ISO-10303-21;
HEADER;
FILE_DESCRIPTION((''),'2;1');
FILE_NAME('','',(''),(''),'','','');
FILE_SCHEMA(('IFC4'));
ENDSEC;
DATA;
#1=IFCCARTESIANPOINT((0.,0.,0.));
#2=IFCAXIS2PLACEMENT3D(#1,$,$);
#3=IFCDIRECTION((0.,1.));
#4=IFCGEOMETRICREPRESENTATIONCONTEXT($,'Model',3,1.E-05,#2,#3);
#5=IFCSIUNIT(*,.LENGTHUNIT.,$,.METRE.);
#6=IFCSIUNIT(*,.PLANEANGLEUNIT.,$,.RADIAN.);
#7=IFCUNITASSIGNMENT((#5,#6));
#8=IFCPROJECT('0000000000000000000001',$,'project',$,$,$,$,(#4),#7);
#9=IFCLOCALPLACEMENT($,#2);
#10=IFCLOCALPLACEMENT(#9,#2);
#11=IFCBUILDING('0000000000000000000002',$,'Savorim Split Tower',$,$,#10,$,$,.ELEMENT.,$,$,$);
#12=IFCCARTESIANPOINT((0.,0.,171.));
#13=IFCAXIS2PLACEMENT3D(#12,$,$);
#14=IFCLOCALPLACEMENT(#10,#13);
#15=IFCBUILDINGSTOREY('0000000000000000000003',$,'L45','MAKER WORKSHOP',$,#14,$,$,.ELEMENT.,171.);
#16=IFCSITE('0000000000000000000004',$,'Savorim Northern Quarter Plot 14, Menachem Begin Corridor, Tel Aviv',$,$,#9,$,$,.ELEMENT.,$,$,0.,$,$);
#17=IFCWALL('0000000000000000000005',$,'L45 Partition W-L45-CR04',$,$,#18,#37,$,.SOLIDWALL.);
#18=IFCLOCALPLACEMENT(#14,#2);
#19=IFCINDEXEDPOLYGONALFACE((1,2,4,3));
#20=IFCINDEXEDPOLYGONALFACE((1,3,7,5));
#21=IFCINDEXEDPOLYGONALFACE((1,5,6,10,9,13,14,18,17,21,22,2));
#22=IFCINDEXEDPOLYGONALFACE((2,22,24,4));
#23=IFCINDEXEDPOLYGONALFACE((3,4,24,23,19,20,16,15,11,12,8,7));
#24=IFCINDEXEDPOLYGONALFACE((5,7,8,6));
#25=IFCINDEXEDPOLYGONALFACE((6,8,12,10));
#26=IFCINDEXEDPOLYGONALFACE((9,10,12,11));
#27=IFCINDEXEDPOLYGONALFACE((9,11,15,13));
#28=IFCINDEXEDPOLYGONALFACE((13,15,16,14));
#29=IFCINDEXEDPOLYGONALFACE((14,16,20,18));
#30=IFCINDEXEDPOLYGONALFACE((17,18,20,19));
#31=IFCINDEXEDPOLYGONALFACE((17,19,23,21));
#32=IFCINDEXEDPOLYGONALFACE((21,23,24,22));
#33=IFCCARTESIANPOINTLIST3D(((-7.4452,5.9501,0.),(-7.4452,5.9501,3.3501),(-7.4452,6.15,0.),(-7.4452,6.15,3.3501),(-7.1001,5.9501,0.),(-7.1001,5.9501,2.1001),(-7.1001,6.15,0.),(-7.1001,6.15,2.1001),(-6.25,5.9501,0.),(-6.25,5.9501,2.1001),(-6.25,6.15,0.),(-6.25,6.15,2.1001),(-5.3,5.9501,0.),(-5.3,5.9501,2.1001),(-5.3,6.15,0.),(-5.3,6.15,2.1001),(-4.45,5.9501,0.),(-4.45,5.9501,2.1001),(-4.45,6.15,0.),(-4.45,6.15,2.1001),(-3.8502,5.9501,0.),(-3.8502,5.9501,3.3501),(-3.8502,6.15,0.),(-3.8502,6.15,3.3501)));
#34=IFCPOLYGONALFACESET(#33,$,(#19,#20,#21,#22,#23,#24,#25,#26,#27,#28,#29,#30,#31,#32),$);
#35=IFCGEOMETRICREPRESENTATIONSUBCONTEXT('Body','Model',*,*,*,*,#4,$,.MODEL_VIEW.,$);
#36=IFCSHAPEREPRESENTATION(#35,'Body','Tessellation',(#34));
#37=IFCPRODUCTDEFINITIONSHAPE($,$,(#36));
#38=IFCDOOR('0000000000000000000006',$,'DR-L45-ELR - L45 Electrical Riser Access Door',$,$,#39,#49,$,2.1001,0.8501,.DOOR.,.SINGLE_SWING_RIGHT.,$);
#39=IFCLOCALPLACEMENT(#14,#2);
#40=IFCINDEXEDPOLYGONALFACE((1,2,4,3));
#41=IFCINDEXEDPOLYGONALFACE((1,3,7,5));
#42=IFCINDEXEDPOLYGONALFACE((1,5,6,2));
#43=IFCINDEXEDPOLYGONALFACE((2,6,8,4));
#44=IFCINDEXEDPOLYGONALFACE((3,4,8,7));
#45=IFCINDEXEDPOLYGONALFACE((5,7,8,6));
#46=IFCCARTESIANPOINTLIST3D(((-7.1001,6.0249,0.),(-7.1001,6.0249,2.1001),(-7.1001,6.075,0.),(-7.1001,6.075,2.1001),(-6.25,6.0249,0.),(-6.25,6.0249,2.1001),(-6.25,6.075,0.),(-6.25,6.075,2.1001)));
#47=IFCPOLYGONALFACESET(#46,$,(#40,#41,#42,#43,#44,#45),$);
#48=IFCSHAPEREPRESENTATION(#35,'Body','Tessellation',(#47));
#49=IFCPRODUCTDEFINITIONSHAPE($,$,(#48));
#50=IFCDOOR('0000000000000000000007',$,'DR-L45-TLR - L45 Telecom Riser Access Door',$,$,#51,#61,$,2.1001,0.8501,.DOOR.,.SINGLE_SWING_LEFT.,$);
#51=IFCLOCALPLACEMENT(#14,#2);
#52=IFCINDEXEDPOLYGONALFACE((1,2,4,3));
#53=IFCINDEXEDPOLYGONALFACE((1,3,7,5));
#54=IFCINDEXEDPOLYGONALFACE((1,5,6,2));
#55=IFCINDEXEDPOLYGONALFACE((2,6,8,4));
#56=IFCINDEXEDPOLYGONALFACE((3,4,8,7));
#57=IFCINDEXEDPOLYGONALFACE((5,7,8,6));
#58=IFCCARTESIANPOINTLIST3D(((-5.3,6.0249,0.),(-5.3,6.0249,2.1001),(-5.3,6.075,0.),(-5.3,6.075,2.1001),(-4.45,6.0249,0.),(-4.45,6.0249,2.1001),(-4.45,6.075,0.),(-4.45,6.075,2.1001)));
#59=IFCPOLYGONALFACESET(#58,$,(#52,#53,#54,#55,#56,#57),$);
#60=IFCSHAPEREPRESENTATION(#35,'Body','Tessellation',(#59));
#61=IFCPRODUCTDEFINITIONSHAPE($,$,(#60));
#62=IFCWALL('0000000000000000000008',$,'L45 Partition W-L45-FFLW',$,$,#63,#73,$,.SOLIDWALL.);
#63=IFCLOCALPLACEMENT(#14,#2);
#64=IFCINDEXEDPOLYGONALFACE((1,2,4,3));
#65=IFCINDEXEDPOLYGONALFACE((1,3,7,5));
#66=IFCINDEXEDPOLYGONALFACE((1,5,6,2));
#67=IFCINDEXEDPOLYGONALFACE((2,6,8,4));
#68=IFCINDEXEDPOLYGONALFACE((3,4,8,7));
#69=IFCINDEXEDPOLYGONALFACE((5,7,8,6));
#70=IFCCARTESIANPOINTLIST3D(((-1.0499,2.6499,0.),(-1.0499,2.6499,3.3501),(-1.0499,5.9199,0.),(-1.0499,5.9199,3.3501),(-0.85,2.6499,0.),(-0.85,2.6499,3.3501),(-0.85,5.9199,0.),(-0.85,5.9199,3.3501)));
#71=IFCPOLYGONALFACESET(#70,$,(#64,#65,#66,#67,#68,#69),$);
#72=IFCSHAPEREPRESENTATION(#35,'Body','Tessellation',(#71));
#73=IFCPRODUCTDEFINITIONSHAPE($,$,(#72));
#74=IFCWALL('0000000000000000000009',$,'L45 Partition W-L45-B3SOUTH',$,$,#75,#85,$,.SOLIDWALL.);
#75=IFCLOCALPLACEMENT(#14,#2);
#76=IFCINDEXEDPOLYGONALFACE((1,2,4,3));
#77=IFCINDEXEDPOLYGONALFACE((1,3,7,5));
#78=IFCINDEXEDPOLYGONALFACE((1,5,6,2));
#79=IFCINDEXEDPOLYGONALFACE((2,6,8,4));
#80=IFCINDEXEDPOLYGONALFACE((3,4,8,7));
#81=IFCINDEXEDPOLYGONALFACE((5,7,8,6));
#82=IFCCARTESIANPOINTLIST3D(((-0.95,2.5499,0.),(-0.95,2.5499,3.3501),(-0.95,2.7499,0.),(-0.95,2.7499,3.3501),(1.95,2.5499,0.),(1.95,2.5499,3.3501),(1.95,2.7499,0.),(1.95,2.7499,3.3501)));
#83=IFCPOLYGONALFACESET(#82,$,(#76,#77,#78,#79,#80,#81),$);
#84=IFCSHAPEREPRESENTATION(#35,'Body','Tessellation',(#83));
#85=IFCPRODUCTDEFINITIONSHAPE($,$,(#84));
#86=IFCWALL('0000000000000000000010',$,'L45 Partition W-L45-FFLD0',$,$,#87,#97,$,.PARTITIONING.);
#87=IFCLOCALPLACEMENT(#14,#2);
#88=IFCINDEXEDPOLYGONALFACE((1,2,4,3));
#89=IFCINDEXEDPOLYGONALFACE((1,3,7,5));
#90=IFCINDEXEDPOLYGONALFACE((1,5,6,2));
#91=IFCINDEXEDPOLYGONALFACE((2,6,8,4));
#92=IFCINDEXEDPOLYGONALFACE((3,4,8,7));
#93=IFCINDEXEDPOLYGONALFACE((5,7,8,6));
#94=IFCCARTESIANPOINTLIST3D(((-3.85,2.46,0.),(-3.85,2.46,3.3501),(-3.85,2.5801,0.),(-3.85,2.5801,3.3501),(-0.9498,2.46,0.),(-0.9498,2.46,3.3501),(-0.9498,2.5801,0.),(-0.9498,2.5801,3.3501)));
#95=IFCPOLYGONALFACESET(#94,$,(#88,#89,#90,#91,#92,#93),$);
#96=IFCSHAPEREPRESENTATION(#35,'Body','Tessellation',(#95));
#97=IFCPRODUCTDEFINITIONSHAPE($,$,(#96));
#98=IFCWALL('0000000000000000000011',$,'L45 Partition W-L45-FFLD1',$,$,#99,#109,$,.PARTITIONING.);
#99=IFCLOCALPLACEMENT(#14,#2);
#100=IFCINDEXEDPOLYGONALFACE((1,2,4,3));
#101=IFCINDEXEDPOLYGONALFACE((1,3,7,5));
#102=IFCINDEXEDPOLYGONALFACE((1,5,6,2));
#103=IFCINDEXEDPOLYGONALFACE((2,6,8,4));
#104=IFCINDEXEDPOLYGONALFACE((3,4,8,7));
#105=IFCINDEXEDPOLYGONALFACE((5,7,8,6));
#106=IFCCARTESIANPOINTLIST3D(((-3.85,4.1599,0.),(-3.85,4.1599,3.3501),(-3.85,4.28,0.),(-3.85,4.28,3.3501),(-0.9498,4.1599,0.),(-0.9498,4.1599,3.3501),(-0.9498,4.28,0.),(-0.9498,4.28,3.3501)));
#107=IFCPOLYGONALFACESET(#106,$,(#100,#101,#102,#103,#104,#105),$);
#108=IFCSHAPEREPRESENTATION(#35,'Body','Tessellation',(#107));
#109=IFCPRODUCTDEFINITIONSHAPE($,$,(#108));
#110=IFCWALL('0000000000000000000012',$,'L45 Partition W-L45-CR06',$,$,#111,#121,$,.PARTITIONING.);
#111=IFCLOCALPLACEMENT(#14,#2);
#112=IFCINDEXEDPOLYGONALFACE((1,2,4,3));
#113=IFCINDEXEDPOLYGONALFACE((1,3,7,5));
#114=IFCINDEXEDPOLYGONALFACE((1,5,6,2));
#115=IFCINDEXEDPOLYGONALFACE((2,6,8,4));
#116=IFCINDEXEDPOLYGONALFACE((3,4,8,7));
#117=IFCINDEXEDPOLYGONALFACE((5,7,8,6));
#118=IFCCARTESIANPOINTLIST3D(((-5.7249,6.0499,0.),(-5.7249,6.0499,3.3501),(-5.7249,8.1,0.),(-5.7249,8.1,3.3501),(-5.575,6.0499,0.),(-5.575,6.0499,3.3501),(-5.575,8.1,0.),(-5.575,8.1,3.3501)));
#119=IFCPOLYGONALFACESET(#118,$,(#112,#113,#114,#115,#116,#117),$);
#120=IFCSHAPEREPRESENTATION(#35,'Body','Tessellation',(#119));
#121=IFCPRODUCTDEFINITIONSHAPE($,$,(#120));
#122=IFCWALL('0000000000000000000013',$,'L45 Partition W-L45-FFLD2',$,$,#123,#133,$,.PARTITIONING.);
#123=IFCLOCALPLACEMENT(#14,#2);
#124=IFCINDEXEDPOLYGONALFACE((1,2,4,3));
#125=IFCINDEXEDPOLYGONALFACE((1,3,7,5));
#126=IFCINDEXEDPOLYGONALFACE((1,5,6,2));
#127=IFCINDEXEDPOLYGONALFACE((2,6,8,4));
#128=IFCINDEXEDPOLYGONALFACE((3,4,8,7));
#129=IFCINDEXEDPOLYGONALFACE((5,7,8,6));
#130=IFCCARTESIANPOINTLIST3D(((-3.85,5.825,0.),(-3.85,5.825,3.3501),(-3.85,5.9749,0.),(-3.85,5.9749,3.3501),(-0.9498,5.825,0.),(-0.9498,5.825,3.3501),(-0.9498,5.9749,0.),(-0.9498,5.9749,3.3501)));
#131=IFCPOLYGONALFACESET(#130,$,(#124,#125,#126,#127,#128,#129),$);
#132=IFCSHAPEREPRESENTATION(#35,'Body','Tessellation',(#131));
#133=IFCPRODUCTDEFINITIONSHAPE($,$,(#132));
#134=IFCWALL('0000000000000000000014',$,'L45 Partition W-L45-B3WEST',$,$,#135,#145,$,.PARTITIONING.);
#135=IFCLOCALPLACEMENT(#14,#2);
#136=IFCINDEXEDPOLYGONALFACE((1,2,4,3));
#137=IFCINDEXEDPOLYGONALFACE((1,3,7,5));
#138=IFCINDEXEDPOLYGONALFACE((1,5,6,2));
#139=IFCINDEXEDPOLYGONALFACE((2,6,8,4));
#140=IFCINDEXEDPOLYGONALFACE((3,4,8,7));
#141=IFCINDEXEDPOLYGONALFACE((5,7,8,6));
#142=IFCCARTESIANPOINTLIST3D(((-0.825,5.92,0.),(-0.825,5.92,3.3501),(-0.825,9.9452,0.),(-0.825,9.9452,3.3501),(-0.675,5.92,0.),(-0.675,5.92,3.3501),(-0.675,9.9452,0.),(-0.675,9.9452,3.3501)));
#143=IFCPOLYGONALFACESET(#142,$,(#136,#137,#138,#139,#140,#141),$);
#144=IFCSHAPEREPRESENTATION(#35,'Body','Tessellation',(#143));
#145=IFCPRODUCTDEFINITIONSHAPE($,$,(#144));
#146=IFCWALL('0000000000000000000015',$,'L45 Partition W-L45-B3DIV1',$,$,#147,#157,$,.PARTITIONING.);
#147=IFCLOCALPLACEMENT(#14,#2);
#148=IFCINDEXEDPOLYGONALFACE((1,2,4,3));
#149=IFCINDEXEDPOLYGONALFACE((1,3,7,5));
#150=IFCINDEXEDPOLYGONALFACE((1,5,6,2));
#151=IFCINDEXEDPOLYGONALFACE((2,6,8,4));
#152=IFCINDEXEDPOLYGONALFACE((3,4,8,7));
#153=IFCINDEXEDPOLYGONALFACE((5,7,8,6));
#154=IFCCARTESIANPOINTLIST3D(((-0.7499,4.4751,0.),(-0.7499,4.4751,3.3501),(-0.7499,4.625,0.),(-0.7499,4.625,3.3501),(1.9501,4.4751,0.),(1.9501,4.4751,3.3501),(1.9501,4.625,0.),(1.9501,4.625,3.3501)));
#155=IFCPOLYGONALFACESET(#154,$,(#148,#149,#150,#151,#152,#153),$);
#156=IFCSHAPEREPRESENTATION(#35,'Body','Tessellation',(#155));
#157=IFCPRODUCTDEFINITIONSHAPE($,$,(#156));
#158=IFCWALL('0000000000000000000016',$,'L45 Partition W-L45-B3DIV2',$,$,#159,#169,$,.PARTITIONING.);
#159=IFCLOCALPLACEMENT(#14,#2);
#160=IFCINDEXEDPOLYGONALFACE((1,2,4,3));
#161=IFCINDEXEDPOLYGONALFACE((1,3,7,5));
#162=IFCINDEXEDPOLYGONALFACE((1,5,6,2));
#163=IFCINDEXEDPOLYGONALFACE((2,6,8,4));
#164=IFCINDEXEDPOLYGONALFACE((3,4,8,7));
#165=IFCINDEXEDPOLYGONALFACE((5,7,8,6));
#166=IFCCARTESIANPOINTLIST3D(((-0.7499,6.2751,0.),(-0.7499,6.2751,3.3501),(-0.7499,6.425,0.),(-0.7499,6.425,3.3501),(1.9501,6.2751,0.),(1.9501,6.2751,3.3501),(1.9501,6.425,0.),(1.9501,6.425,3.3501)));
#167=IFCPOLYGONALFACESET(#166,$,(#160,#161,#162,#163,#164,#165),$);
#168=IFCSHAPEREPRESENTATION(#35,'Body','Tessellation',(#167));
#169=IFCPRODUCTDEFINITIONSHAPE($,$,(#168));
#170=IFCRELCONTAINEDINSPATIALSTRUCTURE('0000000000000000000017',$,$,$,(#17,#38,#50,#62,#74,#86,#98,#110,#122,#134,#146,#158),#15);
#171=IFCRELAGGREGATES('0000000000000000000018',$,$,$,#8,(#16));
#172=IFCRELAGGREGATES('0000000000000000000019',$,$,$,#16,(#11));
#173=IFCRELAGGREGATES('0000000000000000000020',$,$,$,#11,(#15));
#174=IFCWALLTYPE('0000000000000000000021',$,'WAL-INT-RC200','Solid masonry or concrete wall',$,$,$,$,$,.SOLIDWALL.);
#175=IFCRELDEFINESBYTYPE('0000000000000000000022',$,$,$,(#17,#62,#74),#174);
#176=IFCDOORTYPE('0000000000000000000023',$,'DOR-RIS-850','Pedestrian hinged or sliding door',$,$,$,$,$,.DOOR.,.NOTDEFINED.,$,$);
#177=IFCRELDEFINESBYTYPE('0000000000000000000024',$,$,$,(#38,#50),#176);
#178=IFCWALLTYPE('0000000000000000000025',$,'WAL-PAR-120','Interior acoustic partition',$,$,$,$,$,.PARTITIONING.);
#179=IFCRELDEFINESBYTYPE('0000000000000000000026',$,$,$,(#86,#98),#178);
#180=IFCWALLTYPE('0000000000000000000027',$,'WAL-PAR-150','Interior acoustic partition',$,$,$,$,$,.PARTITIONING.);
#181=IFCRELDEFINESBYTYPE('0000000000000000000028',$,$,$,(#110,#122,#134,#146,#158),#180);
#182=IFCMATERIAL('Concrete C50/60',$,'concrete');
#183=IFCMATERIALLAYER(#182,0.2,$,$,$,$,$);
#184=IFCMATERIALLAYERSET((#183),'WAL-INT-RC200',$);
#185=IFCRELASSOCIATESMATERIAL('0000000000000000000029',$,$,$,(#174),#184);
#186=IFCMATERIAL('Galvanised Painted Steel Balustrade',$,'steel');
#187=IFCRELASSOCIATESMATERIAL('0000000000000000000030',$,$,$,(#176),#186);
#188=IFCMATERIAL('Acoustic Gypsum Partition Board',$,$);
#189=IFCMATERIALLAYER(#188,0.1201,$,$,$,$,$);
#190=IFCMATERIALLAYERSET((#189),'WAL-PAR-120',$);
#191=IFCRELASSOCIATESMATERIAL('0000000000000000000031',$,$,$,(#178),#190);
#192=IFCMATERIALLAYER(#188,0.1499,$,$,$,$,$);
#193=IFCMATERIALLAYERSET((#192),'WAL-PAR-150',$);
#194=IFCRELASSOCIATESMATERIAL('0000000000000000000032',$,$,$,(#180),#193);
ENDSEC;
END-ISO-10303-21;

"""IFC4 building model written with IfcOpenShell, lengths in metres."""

from ifc_helpers import new_model, si_unit, direction, frame, frame_2d, origin, place, context, subcontext, project, spatial, rectangle, extrude, material, layer, layer_set, type_object, element, fill, save


model = new_model("IFC4")

# Units and contexts
model_context = context("Model", 3, precision=1e-05, world=origin(), true_north=direction((0.0, 1.0)))
body_context = subcontext(model_context, "Body", "Model", "MODEL_VIEW")
ifc_project = project(units=[si_unit("LENGTHUNIT", "METRE"), si_unit("PLANEANGLEUNIT", "RADIAN")], contexts=[model_context])

# Site, building, storey
site_placement = place(None, origin())
site = spatial("IfcSite", under=ifc_project, at=site_placement, Name="Savorim Northern Quarter Plot 14, Menachem Begin Corridor, Tel Aviv", CompositionType="ELEMENT", RefElevation=0.0)
building_placement = place(site_placement, origin())
building = spatial("IfcBuilding", under=site, at=building_placement, Name="Savorim Split Tower", CompositionType="ELEMENT")
storey_placement = place(building_placement, frame((0.0, 0.0, 171.0)))
storey = spatial("IfcBuildingStorey", under=building, at=storey_placement, Name="L45", Description="MAKER WORKSHOP", CompositionType="ELEMENT", Elevation=171.0)

# Wall, openings, doors
ifc_material_1 = material(Name="Concrete C50/60", Category="concrete")
ifc_layer_1 = layer(ifc_material_1, 0.2)
ifc_layer_set_1 = layer_set([ifc_layer_1], Name="WAL-INT-RC200")
wall_type_1 = type_object("IfcWallType", Name="WAL-INT-RC200", Description="Solid masonry or concrete wall", PredefinedType="SOLIDWALL", material=ifc_layer_set_1)
wall_1_placement = place(storey_placement, frame((-7.4451, 6.05, 0.0), z_axis=(0.0, 0.0, 1.0), x_axis=(1.0, 0.0, 0.0)))
wall_1 = element("IfcWall", 1, at=wall_1_placement, inside=storey, type_object=wall_type_1, Name="L45 Partition W-L45-CR04", PredefinedType="SOLIDWALL", context=body_context, shape_type="SweptSolid", body=[
    extrude(rectangle(XDim=3.595, YDim=0.2, at=frame_2d((1.7974, 0.0))), origin(), (0.0, 0.0, 1.0), 3.3501),
])
opening_1_placement = place(wall_1_placement, frame((0.345, 0.0, 0.0)))
opening_1 = element("IfcOpeningElement", 2, at=opening_1_placement, cuts=wall_1, PredefinedType="OPENING", context=body_context, shape_type="SweptSolid", body=[
    extrude(rectangle(XDim=0.8501, YDim=2.1001, at=frame_2d((0.425, 1.05))), frame((0.0, 0.1099, 0.0), z_axis=(0.0, -1.0, 0.0), x_axis=(1.0, 0.0, 0.0)), (0.0, 0.0, 1.0), 0.22),
])
opening_2_placement = place(wall_1_placement, frame((2.145, 0.0, 0.0)))
opening_2 = element("IfcOpeningElement", 3, at=opening_2_placement, cuts=wall_1, PredefinedType="OPENING", context=body_context, shape_type="SweptSolid", body=[
    extrude(rectangle(XDim=0.8501, YDim=2.1001, at=frame_2d((0.425, 1.05))), frame((0.0, 0.1099, 0.0), z_axis=(0.0, -1.0, 0.0), x_axis=(1.0, 0.0, 0.0)), (0.0, 0.0, 1.0), 0.22),
])
ifc_material_2 = material(Name="Galvanised Painted Steel Balustrade", Category="steel")
door_type_1 = type_object("IfcDoorType", Name="DOR-RIS-850", Description="Pedestrian hinged or sliding door", OperationType="NOTDEFINED", PredefinedType="DOOR", material=ifc_material_2)
door_1_placement = place(opening_1_placement, origin())
door_1 = element("IfcDoor", 4, at=door_1_placement, inside=storey, type_object=door_type_1, Name="DR-L45-ELR - L45 Electrical Riser Access Door", OperationType="SINGLE_SWING_RIGHT", OverallHeight=2.1001, OverallWidth=0.8501, PredefinedType="DOOR", context=body_context, shape_type="SweptSolid", body=[
    extrude(rectangle(XDim=0.8501, YDim=2.1001, at=frame_2d((0.425, 1.05))), frame((0.0, 0.0249, 0.0), z_axis=(0.0, -1.0, 0.0), x_axis=(1.0, 0.0, 0.0)), (0.0, 0.0, 1.0), 0.05),
])
fill(opening_1, door_1)
door_2_placement = place(opening_2_placement, origin())
door_2 = element("IfcDoor", 5, at=door_2_placement, inside=storey, type_object=door_type_1, Name="DR-L45-TLR - L45 Telecom Riser Access Door", OperationType="SINGLE_SWING_LEFT", OverallHeight=2.1001, OverallWidth=0.8501, PredefinedType="DOOR", context=body_context, shape_type="SweptSolid", body=[
    extrude(rectangle(XDim=0.8501, YDim=2.1001, at=frame_2d((0.425, 1.05))), frame((0.0, 0.0249, 0.0), z_axis=(0.0, -1.0, 0.0), x_axis=(1.0, 0.0, 0.0)), (0.0, 0.0, 1.0), 0.05),
])
fill(opening_2, door_2)

# Walls
wall_2_placement = place(storey_placement, frame((-0.95, 2.6499, 0.0), z_axis=(0.0, 0.0, 1.0), x_axis=(0.0, 1.0, 0.0)))
element("IfcWall", 6, at=wall_2_placement, inside=storey, type_object=wall_type_1, Name="L45 Partition W-L45-FFLW", PredefinedType="SOLIDWALL", context=body_context, shape_type="SweptSolid", body=[
    extrude(rectangle(XDim=3.27, YDim=0.2, at=frame_2d((1.635, 0.0))), origin(), (0.0, 0.0, 1.0), 3.3501),
])
wall_3_placement = place(storey_placement, frame((-0.95, 2.6499, 0.0), z_axis=(0.0, 0.0, 1.0), x_axis=(1.0, 0.0, 0.0)))
element("IfcWall", 7, at=wall_3_placement, inside=storey, type_object=wall_type_1, Name="L45 Partition W-L45-B3SOUTH", PredefinedType="SOLIDWALL", context=body_context, shape_type="SweptSolid", body=[
    extrude(rectangle(XDim=2.8999, YDim=0.2, at=frame_2d((1.45, 0.0))), origin(), (0.0, 0.0, 1.0), 3.3501),
])
ifc_material_3 = material(Name="Acoustic Gypsum Partition Board")
ifc_layer_2 = layer(ifc_material_3, 0.1201)
ifc_layer_set_2 = layer_set([ifc_layer_2], Name="WAL-PAR-120")
wall_type_2 = type_object("IfcWallType", Name="WAL-PAR-120", Description="Interior acoustic partition", PredefinedType="PARTITIONING", material=ifc_layer_set_2)
for number, where, z_axis, x_axis, name in (
    (8, (-3.8501, 2.52, 0.0), (0.0, 0.0, 1.0), (1.0, 0.0, 0.0), "L45 Partition W-L45-FFLD0"),
    (9, (-3.8501, 4.22, 0.0), (0.0, 0.0, 1.0), (1.0, 0.0, 0.0), "L45 Partition W-L45-FFLD1"),
):
    element("IfcWall", number, at=place(storey_placement, frame(where, z_axis=z_axis, x_axis=x_axis)), inside=storey, type_object=wall_type_2, Name=name, PredefinedType="PARTITIONING", context=body_context, shape_type="SweptSolid", body=[
        extrude(rectangle(XDim=2.9001, YDim=0.1201, at=frame_2d((1.4502, 0.0))), origin(), (0.0, 0.0, 1.0), 3.3501),
    ])
ifc_layer_3 = layer(ifc_material_3, 0.1499)
ifc_layer_set_3 = layer_set([ifc_layer_3], Name="WAL-PAR-150")
wall_type_3 = type_object("IfcWallType", Name="WAL-PAR-150", Description="Interior acoustic partition", PredefinedType="PARTITIONING", material=ifc_layer_set_3)
wall_4_placement = place(storey_placement, frame((-5.6499, 6.05, 0.0), z_axis=(0.0, 0.0, 1.0), x_axis=(0.0, 1.0, 0.0)))
element("IfcWall", 10, at=wall_4_placement, inside=storey, type_object=wall_type_3, Name="L45 Partition W-L45-CR06", PredefinedType="PARTITIONING", context=body_context, shape_type="SweptSolid", body=[
    extrude(rectangle(XDim=2.05, YDim=0.1499, at=frame_2d((1.0249, 0.0))), origin(), (0.0, 0.0, 1.0), 3.3501),
])
wall_5_placement = place(storey_placement, frame((-3.8501, 5.8999, 0.0), z_axis=(0.0, 0.0, 1.0), x_axis=(1.0, 0.0, 0.0)))
element("IfcWall", 11, at=wall_5_placement, inside=storey, type_object=wall_type_3, Name="L45 Partition W-L45-FFLD2", PredefinedType="PARTITIONING", context=body_context, shape_type="SweptSolid", body=[
    extrude(rectangle(XDim=2.9001, YDim=0.1499, at=frame_2d((1.4502, 0.0))), origin(), (0.0, 0.0, 1.0), 3.3501),
])
wall_6_placement = place(storey_placement, frame((-0.75, 5.9199, 0.0), z_axis=(0.0, 0.0, 1.0), x_axis=(0.0, 1.0, 0.0)))
element("IfcWall", 12, at=wall_6_placement, inside=storey, type_object=wall_type_3, Name="L45 Partition W-L45-B3WEST", PredefinedType="PARTITIONING", context=body_context, shape_type="SweptSolid", body=[
    extrude(rectangle(XDim=4.0251, YDim=0.1499, at=frame_2d((2.0127, 0.0))), origin(), (0.0, 0.0, 1.0), 3.3501),
])
for number, where, z_axis, x_axis, name in (
    (13, (-0.75, 4.55, 0.0), (0.0, 0.0, 1.0), (1.0, 0.0, 0.0), "L45 Partition W-L45-B3DIV1"),
    (14, (-0.75, 6.3501, 0.0), (0.0, 0.0, 1.0), (1.0, 0.0, 0.0), "L45 Partition W-L45-B3DIV2"),
):
    element("IfcWall", number, at=place(storey_placement, frame(where, z_axis=z_axis, x_axis=x_axis)), inside=storey, type_object=wall_type_3, Name=name, PredefinedType="PARTITIONING", context=body_context, shape_type="SweptSolid", body=[
        extrude(rectangle(XDim=2.7, YDim=0.1499, at=frame_2d((1.3501, 0.0))), origin(), (0.0, 0.0, 1.0), 3.3501),
    ])

save(model, "model.ifc")
